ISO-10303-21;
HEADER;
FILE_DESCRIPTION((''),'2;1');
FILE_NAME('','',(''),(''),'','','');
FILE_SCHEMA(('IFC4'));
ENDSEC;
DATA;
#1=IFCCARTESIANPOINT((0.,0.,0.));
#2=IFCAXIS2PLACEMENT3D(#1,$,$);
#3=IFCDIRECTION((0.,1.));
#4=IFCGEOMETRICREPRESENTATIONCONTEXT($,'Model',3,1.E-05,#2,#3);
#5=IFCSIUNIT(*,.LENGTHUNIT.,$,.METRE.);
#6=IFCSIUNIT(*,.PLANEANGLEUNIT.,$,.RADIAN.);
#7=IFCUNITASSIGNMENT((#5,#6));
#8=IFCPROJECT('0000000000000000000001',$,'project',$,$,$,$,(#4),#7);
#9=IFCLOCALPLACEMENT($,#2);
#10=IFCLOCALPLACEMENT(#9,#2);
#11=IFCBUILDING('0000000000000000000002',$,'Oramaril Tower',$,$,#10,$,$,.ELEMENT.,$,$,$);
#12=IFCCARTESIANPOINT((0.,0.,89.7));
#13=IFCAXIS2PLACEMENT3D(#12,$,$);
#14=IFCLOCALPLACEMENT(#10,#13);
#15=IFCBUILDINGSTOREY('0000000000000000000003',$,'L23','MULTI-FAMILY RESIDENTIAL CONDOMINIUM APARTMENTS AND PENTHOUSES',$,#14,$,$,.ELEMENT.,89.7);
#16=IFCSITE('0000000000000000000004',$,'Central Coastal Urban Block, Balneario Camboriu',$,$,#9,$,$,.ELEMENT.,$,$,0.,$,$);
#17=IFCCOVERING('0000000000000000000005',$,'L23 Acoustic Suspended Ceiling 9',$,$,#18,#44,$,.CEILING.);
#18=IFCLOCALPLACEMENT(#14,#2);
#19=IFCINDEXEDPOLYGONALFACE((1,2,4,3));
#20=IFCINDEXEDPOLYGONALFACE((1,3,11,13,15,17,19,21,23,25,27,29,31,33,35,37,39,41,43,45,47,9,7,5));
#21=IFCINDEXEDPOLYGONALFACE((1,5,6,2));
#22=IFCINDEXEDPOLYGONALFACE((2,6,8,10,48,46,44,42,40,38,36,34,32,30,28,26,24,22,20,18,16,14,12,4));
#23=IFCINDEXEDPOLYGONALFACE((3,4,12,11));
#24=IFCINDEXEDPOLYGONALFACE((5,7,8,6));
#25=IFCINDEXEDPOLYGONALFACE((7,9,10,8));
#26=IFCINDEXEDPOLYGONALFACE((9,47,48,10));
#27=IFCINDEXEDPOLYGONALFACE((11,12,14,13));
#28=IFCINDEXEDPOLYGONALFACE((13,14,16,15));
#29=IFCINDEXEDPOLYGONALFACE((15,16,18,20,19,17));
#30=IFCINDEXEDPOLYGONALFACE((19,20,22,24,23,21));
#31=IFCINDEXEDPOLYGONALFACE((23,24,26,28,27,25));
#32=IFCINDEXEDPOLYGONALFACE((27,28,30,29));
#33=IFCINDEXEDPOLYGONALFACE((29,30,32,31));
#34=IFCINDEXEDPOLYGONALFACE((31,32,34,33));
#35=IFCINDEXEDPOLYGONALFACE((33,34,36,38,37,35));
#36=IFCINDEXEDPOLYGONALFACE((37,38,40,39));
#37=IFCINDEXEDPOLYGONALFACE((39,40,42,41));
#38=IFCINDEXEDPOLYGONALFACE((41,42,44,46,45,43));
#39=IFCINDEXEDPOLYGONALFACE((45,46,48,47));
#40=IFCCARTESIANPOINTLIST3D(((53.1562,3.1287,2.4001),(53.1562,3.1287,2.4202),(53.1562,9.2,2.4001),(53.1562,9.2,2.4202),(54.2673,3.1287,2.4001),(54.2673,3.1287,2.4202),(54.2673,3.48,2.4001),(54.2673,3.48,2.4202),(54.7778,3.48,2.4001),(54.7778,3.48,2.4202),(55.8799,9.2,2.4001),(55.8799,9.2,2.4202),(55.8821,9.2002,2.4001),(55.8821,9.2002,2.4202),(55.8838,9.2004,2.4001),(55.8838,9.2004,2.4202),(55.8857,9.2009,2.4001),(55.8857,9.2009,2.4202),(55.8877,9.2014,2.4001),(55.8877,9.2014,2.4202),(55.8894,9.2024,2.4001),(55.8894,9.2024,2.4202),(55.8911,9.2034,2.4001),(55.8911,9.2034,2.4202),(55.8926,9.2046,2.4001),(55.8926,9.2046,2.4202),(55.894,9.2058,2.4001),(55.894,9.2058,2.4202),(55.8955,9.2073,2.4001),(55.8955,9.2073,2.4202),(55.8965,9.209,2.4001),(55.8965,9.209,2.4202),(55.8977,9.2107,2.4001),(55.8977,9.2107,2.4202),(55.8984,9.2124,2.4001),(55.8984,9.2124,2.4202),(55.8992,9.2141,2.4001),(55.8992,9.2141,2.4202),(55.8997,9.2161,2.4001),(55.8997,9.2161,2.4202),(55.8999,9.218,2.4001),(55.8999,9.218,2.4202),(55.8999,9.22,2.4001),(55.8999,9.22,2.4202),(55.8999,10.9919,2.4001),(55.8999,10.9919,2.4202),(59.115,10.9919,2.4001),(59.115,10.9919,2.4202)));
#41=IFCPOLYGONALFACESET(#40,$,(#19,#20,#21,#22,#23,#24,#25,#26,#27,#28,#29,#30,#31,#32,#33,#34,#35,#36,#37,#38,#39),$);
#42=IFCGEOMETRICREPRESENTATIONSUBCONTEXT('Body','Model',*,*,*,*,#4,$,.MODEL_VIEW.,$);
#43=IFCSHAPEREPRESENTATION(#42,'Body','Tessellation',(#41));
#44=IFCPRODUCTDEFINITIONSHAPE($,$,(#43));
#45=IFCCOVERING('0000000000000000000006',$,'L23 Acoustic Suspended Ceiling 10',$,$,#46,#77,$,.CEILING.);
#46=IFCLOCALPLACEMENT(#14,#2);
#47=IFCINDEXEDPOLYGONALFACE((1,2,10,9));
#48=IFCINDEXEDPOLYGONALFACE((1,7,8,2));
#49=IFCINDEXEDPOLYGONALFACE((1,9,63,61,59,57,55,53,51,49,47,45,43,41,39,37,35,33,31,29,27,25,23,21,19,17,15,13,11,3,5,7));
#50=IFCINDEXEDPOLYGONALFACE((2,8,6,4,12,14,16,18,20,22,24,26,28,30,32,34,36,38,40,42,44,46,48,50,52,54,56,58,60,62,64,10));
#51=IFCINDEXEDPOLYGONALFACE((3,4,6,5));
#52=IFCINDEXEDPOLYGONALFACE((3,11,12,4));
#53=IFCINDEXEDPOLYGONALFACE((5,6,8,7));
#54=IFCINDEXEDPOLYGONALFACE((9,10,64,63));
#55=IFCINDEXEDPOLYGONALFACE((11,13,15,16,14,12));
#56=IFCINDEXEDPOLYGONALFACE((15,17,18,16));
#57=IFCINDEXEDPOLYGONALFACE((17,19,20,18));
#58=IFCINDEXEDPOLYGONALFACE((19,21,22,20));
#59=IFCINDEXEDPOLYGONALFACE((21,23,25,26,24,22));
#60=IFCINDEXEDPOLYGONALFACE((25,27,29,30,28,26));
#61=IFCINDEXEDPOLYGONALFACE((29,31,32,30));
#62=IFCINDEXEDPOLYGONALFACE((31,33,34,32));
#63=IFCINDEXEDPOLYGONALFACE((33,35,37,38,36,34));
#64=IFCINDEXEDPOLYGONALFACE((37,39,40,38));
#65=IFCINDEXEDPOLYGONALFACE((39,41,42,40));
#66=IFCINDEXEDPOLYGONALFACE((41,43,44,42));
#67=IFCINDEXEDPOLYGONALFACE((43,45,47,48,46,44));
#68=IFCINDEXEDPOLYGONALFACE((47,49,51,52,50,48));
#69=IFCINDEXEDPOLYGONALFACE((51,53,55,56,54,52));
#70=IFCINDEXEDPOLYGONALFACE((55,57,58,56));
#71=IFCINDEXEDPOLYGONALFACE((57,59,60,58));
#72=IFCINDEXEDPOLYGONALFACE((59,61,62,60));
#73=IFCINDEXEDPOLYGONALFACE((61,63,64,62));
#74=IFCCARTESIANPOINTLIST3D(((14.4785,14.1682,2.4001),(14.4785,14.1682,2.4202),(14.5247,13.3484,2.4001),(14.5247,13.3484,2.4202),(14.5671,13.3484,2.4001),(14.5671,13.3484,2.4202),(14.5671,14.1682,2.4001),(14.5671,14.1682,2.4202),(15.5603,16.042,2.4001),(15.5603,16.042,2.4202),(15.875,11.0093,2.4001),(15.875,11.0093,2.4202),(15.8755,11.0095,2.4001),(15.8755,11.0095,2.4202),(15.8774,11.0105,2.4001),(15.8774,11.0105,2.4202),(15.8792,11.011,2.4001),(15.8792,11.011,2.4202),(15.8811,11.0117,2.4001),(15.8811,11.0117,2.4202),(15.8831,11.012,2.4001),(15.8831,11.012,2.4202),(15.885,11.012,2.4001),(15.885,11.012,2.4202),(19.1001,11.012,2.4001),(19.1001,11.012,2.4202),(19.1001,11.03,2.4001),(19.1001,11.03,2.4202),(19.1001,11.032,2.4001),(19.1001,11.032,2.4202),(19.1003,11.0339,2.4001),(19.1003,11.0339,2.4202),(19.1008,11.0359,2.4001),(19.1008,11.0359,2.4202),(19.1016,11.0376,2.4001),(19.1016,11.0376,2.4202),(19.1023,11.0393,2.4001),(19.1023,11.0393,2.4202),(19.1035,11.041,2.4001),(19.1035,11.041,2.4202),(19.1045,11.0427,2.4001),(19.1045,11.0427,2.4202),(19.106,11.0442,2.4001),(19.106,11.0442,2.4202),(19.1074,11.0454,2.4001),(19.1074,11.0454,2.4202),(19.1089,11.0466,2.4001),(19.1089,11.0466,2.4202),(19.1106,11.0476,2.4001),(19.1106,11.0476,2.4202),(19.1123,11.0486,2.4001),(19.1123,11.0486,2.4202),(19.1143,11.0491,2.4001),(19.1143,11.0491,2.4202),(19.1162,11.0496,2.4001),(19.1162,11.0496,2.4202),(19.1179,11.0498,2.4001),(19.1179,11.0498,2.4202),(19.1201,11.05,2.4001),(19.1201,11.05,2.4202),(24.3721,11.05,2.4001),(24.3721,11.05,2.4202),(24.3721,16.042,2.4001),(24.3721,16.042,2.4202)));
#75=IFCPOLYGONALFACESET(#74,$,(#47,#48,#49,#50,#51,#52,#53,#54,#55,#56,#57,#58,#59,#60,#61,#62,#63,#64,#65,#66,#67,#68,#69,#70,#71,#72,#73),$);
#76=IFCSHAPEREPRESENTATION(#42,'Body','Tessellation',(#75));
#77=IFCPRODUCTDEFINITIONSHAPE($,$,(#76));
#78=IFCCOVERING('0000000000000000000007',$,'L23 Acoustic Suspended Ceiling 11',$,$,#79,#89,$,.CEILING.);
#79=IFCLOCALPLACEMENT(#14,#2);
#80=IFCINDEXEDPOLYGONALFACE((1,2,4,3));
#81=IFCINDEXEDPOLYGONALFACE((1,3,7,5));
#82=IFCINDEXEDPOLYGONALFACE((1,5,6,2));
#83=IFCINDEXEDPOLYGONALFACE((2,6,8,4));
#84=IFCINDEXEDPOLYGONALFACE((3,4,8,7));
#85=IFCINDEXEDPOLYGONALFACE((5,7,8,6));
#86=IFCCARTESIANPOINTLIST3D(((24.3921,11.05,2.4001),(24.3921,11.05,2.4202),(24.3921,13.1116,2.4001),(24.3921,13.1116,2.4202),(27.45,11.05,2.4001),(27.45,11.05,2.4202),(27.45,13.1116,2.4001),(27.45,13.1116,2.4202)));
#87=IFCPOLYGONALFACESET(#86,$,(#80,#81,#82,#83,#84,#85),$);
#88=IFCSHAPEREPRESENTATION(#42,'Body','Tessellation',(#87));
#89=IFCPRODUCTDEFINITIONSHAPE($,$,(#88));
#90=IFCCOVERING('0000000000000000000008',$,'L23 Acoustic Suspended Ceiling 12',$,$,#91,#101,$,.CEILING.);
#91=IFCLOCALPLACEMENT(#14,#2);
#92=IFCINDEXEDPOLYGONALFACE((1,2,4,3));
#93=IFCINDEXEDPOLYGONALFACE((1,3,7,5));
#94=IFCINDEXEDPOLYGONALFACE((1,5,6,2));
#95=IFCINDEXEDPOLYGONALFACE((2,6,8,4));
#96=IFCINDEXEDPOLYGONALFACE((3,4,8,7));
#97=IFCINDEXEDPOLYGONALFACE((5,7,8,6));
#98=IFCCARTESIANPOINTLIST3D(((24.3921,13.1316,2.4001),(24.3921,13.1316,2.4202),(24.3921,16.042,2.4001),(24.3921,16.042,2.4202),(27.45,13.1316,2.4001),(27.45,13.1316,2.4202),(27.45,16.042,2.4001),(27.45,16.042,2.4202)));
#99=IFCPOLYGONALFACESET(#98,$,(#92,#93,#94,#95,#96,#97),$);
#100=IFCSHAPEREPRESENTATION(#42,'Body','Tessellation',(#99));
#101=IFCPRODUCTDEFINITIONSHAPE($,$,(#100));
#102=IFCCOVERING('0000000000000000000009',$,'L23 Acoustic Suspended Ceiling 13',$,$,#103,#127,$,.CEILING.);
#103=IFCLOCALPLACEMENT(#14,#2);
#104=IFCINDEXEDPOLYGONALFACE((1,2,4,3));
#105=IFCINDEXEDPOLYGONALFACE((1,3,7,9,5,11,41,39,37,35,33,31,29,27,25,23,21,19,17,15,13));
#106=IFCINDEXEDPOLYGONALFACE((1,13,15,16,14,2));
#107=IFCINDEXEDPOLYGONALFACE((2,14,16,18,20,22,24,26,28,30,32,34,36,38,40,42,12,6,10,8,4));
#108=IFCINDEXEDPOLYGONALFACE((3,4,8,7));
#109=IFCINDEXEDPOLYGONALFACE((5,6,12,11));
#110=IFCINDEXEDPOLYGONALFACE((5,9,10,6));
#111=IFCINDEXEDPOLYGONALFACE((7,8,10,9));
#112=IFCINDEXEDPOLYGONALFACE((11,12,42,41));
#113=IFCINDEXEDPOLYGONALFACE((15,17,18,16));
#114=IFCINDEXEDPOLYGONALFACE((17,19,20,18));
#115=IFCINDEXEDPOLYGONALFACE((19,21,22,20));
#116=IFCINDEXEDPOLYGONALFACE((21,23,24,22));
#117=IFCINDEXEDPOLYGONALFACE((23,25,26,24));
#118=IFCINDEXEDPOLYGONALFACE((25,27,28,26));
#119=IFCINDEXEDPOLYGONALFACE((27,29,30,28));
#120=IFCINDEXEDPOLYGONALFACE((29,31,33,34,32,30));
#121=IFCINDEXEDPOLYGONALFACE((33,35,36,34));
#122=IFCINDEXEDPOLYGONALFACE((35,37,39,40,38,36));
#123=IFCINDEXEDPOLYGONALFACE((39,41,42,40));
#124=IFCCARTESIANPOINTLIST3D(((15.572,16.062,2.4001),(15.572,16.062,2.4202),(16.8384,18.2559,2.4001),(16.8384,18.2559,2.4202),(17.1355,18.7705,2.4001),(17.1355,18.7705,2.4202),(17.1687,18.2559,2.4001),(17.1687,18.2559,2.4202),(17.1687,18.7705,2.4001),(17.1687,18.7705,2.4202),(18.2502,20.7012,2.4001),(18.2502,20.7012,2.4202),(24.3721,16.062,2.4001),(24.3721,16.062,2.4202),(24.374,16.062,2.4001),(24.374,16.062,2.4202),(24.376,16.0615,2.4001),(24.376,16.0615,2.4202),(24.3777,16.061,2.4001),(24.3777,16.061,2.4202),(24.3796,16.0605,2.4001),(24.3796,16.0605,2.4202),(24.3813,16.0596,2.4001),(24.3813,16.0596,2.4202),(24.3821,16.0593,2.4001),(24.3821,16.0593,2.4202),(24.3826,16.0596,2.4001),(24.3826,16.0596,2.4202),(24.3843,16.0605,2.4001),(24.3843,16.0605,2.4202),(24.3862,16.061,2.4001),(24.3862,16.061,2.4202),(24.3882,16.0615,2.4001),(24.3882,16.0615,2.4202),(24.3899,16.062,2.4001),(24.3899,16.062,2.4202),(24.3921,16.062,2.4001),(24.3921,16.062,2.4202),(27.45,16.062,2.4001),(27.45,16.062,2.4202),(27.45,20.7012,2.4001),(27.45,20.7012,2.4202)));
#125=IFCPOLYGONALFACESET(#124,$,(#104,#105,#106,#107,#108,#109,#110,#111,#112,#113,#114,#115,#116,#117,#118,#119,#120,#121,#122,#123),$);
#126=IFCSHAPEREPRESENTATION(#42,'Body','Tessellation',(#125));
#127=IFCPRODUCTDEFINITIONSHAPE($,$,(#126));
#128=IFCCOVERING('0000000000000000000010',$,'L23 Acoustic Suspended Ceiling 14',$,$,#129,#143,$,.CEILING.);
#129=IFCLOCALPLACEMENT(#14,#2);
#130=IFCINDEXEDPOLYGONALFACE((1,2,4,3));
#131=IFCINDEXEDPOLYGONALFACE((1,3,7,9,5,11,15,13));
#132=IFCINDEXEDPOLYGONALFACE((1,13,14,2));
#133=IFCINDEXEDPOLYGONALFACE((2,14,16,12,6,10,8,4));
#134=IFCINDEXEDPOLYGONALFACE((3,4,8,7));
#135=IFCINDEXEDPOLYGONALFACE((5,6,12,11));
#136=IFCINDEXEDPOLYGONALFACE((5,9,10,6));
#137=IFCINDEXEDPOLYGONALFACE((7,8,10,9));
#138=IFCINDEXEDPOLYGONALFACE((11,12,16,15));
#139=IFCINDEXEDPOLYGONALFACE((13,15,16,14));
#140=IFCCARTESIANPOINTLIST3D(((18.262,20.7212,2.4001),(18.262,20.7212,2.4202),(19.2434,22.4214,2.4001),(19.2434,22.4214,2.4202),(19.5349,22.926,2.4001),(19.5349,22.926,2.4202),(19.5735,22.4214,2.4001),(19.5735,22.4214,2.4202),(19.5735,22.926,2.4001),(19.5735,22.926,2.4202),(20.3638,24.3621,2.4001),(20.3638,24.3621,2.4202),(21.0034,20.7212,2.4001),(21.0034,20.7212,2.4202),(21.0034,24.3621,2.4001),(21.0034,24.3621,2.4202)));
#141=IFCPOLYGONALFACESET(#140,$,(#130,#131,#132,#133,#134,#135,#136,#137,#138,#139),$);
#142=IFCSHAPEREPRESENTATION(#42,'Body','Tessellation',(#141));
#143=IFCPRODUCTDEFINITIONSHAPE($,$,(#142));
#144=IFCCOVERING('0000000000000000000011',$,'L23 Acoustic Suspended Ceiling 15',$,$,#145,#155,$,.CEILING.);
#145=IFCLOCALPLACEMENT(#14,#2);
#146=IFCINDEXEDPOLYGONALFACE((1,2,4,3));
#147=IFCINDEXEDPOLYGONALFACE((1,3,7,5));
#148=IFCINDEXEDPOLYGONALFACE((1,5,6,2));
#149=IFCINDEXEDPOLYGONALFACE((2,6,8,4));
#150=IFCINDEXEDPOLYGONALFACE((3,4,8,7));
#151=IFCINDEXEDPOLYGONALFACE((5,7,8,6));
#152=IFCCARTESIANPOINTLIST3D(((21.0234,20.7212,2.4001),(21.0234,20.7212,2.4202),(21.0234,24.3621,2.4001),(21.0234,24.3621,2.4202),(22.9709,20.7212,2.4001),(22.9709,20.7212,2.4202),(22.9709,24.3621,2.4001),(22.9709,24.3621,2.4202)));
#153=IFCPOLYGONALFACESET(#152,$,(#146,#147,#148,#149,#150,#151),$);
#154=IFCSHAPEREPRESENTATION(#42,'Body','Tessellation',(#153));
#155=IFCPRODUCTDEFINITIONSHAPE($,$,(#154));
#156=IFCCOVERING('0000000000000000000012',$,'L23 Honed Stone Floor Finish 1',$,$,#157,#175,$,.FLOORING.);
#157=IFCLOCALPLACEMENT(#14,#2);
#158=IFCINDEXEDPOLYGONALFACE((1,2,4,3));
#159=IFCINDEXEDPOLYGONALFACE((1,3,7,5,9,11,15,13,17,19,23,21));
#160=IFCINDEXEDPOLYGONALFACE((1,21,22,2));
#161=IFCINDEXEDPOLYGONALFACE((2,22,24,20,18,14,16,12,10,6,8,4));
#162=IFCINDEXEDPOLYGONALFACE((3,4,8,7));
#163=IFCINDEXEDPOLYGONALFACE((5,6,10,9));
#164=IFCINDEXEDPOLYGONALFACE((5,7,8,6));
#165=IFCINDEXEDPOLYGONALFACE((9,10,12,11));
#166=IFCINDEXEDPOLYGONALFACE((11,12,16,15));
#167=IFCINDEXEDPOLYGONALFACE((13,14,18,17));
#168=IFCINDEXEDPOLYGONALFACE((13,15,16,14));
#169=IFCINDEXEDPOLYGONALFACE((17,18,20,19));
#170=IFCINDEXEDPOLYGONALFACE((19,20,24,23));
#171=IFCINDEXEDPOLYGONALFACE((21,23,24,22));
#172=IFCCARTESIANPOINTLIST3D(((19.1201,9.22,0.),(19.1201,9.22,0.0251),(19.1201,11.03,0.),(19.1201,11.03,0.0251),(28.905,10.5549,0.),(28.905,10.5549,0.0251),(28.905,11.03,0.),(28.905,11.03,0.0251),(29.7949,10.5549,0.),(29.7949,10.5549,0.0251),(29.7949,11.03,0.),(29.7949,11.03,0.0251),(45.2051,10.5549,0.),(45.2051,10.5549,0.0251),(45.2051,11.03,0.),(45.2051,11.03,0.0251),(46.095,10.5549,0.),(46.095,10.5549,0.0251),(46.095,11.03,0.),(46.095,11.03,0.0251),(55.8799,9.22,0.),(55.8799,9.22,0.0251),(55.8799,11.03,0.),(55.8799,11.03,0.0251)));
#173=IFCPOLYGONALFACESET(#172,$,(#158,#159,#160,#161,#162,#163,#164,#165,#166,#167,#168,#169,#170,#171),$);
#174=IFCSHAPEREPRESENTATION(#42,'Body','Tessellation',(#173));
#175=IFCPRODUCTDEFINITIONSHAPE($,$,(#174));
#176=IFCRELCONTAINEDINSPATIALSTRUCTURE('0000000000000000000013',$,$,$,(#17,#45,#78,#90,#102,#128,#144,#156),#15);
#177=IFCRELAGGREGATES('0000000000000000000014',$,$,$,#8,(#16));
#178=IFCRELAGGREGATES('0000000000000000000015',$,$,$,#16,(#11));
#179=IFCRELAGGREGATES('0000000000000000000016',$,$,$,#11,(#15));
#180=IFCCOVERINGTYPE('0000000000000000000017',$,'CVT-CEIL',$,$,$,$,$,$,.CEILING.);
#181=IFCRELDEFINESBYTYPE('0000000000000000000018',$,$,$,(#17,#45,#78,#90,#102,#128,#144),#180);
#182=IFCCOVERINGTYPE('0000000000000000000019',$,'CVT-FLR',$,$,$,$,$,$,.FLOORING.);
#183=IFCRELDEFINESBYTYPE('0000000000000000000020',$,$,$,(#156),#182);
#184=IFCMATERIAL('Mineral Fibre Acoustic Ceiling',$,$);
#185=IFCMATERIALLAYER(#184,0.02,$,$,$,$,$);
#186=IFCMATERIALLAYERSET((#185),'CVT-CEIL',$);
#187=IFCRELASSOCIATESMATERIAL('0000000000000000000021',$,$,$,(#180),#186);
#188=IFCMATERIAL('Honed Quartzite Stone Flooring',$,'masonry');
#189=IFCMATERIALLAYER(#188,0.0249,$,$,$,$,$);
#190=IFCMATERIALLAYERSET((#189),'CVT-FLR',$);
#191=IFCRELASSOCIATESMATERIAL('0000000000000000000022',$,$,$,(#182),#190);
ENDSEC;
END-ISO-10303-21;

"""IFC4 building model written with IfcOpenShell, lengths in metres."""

from ifc_helpers import new_model, si_unit, direction, frame, origin, place, context, subcontext, project, spatial, polyline, outline, extrude, material, layer, layer_set, type_object, element, save


model = new_model("IFC4")

# Units and contexts
model_context = context("Model", 3, precision=1e-05, world=origin(), true_north=direction((0.0, 1.0)))
body_context = subcontext(model_context, "Body", "Model", "MODEL_VIEW")
ifc_project = project(units=[si_unit("LENGTHUNIT", "METRE"), si_unit("PLANEANGLEUNIT", "RADIAN")], contexts=[model_context])

# Site, building, storey
site_placement = place(None, origin())
site = spatial("IfcSite", under=ifc_project, at=site_placement, Name="Central Coastal Urban Block, Balneario Camboriu", CompositionType="ELEMENT", RefElevation=0.0)
building_placement = place(site_placement, origin())
building = spatial("IfcBuilding", under=site, at=building_placement, Name="Oramaril Tower", CompositionType="ELEMENT")
storey_placement = place(building_placement, frame((0.0, 0.0, 89.7)))
storey = spatial("IfcBuildingStorey", under=building, at=storey_placement, Name="L23", Description="MULTI-FAMILY RESIDENTIAL CONDOMINIUM APARTMENTS AND PENTHOUSES", CompositionType="ELEMENT", Elevation=89.7)

# Coverings
ifc_material_1 = material(Name="Mineral Fibre Acoustic Ceiling")
ifc_layer_1 = layer(ifc_material_1, 0.02)
ifc_layer_set_1 = layer_set([ifc_layer_1], Name="CVT-CEIL")
covering_type_1 = type_object("IfcCoveringType", Name="CVT-CEIL", PredefinedType="CEILING", material=ifc_layer_set_1)
covering_1_placement = place(storey_placement, frame((0.0, 0.0, 2.4001)))
element("IfcCovering", 1, at=covering_1_placement, inside=storey, type_object=covering_type_1, Name="L23 Acoustic Suspended Ceiling 9", PredefinedType="CEILING", context=body_context, shape_type="SweptSolid", body=[
    extrude(outline(polyline([(59.115, 10.9919), (54.7778, 3.48), (54.2673, 3.48), (54.2673, 3.1287), (53.1562, 3.1287), (53.1562, 9.2), (55.8799, 9.2), (55.8821, 9.2002), (55.8838, 9.2004), (55.8857, 9.2009), (55.8877, 9.2014), (55.8894, 9.2024), (55.8911, 9.2034), (55.8926, 9.2046), (55.894, 9.2058), (55.8955, 9.2073), (55.8965, 9.209), (55.8977, 9.2107), (55.8984, 9.2124), (55.8992, 9.2141), (55.8997, 9.2161), (55.8999, 9.218), (55.8999, 9.22), (55.8999, 10.9919), (59.115, 10.9919)])), origin(), (0.0, 0.0, 1.0), 0.02),
])
covering_2_placement = place(storey_placement, frame((0.0, 0.0, 2.4001)))
element("IfcCovering", 2, at=covering_2_placement, inside=storey, type_object=covering_type_1, Name="L23 Acoustic Suspended Ceiling 10", PredefinedType="CEILING", context=body_context, shape_type="SweptSolid", body=[
    extrude(outline(polyline([(24.3721, 11.05), (19.1201, 11.05), (19.1179, 11.0498), (19.1162, 11.0496), (19.1143, 11.0491), (19.1123, 11.0486), (19.1106, 11.0476), (19.1089, 11.0466), (19.1074, 11.0454), (19.106, 11.0442), (19.1045, 11.0427), (19.1035, 11.041), (19.1023, 11.0393), (19.1016, 11.0376), (19.1008, 11.0359), (19.1003, 11.0339), (19.1001, 11.032), (19.1001, 11.03), (19.1001, 11.012), (15.885, 11.012), (15.8831, 11.012), (15.8811, 11.0117), (15.8792, 11.011), (15.8774, 11.0105), (15.8755, 11.0095), (15.875, 11.0093), (14.5247, 13.3484), (14.5671, 13.3484), (14.5671, 14.1682), (14.4785, 14.1682), (15.5603, 16.042), (24.3721, 16.042), (24.3721, 11.05)])), origin(), (0.0, 0.0, 1.0), 0.02),
])
covering_3_placement = place(storey_placement, frame((0.0, 0.0, 2.4001)))
element("IfcCovering", 3, at=covering_3_placement, inside=storey, type_object=covering_type_1, Name="L23 Acoustic Suspended Ceiling 11", PredefinedType="CEILING", context=body_context, shape_type="SweptSolid", body=[
    extrude(outline(polyline([(27.45, 13.1116), (27.45, 11.05), (24.3921, 11.05), (24.3921, 13.1116), (27.45, 13.1116)])), origin(), (0.0, 0.0, 1.0), 0.02),
])
covering_4_placement = place(storey_placement, frame((0.0, 0.0, 2.4001)))
element("IfcCovering", 4, at=covering_4_placement, inside=storey, type_object=covering_type_1, Name="L23 Acoustic Suspended Ceiling 12", PredefinedType="CEILING", context=body_context, shape_type="SweptSolid", body=[
    extrude(outline(polyline([(27.45, 16.042), (27.45, 13.1316), (24.3921, 13.1316), (24.3921, 16.042), (27.45, 16.042)])), origin(), (0.0, 0.0, 1.0), 0.02),
])
covering_5_placement = place(storey_placement, frame((0.0, 0.0, 2.4001)))
element("IfcCovering", 5, at=covering_5_placement, inside=storey, type_object=covering_type_1, Name="L23 Acoustic Suspended Ceiling 13", PredefinedType="CEILING", context=body_context, shape_type="SweptSolid", body=[
    extrude(outline(polyline([(16.8384, 18.2559), (17.1687, 18.2559), (17.1687, 18.7705), (17.1355, 18.7705), (18.2502, 20.7012), (27.45, 20.7012), (27.45, 16.062), (24.3921, 16.062), (24.3899, 16.062), (24.3882, 16.0615), (24.3862, 16.061), (24.3843, 16.0605), (24.3826, 16.0596), (24.3821, 16.0593), (24.3813, 16.0596), (24.3796, 16.0605), (24.3777, 16.061), (24.376, 16.0615), (24.374, 16.062), (24.3721, 16.062), (15.572, 16.062), (16.8384, 18.2559)])), origin(), (0.0, 0.0, 1.0), 0.02),
])
covering_6_placement = place(storey_placement, frame((0.0, 0.0, 2.4001)))
element("IfcCovering", 6, at=covering_6_placement, inside=storey, type_object=covering_type_1, Name="L23 Acoustic Suspended Ceiling 14", PredefinedType="CEILING", context=body_context, shape_type="SweptSolid", body=[
    extrude(outline(polyline([(19.5735, 22.4214), (19.5735, 22.926), (19.5349, 22.926), (20.3638, 24.3621), (21.0034, 24.3621), (21.0034, 20.7212), (18.262, 20.7212), (19.2434, 22.4214), (19.5735, 22.4214)])), origin(), (0.0, 0.0, 1.0), 0.02),
])
covering_7_placement = place(storey_placement, frame((0.0, 0.0, 2.4001)))
element("IfcCovering", 7, at=covering_7_placement, inside=storey, type_object=covering_type_1, Name="L23 Acoustic Suspended Ceiling 15", PredefinedType="CEILING", context=body_context, shape_type="SweptSolid", body=[
    extrude(outline(polyline([(22.9709, 24.3621), (22.9709, 20.7212), (21.0234, 20.7212), (21.0234, 24.3621), (22.9709, 24.3621)])), origin(), (0.0, 0.0, 1.0), 0.02),
])
ifc_material_2 = material(Name="Honed Quartzite Stone Flooring", Category="masonry")
ifc_layer_2 = layer(ifc_material_2, 0.0249)
ifc_layer_set_2 = layer_set([ifc_layer_2], Name="CVT-FLR")
covering_type_2 = type_object("IfcCoveringType", Name="CVT-FLR", PredefinedType="FLOORING", material=ifc_layer_set_2)
covering_8_placement = place(storey_placement, origin())
element("IfcCovering", 8, at=covering_8_placement, inside=storey, type_object=covering_type_2, Name="L23 Honed Stone Floor Finish 1", PredefinedType="FLOORING", context=body_context, shape_type="SweptSolid", body=[
    extrude(outline(polyline([(28.905, 10.5549), (29.7949, 10.5549), (29.7949, 11.03), (45.2051, 11.03), (45.2051, 10.5549), (46.095, 10.5549), (46.095, 11.03), (55.8799, 11.03), (55.8799, 9.22), (19.1201, 9.22), (19.1201, 11.03), (28.905, 11.03), (28.905, 10.5549)])), origin(), (0.0, 0.0, 1.0), 0.0251),
])

save(model, "model.ifc")
